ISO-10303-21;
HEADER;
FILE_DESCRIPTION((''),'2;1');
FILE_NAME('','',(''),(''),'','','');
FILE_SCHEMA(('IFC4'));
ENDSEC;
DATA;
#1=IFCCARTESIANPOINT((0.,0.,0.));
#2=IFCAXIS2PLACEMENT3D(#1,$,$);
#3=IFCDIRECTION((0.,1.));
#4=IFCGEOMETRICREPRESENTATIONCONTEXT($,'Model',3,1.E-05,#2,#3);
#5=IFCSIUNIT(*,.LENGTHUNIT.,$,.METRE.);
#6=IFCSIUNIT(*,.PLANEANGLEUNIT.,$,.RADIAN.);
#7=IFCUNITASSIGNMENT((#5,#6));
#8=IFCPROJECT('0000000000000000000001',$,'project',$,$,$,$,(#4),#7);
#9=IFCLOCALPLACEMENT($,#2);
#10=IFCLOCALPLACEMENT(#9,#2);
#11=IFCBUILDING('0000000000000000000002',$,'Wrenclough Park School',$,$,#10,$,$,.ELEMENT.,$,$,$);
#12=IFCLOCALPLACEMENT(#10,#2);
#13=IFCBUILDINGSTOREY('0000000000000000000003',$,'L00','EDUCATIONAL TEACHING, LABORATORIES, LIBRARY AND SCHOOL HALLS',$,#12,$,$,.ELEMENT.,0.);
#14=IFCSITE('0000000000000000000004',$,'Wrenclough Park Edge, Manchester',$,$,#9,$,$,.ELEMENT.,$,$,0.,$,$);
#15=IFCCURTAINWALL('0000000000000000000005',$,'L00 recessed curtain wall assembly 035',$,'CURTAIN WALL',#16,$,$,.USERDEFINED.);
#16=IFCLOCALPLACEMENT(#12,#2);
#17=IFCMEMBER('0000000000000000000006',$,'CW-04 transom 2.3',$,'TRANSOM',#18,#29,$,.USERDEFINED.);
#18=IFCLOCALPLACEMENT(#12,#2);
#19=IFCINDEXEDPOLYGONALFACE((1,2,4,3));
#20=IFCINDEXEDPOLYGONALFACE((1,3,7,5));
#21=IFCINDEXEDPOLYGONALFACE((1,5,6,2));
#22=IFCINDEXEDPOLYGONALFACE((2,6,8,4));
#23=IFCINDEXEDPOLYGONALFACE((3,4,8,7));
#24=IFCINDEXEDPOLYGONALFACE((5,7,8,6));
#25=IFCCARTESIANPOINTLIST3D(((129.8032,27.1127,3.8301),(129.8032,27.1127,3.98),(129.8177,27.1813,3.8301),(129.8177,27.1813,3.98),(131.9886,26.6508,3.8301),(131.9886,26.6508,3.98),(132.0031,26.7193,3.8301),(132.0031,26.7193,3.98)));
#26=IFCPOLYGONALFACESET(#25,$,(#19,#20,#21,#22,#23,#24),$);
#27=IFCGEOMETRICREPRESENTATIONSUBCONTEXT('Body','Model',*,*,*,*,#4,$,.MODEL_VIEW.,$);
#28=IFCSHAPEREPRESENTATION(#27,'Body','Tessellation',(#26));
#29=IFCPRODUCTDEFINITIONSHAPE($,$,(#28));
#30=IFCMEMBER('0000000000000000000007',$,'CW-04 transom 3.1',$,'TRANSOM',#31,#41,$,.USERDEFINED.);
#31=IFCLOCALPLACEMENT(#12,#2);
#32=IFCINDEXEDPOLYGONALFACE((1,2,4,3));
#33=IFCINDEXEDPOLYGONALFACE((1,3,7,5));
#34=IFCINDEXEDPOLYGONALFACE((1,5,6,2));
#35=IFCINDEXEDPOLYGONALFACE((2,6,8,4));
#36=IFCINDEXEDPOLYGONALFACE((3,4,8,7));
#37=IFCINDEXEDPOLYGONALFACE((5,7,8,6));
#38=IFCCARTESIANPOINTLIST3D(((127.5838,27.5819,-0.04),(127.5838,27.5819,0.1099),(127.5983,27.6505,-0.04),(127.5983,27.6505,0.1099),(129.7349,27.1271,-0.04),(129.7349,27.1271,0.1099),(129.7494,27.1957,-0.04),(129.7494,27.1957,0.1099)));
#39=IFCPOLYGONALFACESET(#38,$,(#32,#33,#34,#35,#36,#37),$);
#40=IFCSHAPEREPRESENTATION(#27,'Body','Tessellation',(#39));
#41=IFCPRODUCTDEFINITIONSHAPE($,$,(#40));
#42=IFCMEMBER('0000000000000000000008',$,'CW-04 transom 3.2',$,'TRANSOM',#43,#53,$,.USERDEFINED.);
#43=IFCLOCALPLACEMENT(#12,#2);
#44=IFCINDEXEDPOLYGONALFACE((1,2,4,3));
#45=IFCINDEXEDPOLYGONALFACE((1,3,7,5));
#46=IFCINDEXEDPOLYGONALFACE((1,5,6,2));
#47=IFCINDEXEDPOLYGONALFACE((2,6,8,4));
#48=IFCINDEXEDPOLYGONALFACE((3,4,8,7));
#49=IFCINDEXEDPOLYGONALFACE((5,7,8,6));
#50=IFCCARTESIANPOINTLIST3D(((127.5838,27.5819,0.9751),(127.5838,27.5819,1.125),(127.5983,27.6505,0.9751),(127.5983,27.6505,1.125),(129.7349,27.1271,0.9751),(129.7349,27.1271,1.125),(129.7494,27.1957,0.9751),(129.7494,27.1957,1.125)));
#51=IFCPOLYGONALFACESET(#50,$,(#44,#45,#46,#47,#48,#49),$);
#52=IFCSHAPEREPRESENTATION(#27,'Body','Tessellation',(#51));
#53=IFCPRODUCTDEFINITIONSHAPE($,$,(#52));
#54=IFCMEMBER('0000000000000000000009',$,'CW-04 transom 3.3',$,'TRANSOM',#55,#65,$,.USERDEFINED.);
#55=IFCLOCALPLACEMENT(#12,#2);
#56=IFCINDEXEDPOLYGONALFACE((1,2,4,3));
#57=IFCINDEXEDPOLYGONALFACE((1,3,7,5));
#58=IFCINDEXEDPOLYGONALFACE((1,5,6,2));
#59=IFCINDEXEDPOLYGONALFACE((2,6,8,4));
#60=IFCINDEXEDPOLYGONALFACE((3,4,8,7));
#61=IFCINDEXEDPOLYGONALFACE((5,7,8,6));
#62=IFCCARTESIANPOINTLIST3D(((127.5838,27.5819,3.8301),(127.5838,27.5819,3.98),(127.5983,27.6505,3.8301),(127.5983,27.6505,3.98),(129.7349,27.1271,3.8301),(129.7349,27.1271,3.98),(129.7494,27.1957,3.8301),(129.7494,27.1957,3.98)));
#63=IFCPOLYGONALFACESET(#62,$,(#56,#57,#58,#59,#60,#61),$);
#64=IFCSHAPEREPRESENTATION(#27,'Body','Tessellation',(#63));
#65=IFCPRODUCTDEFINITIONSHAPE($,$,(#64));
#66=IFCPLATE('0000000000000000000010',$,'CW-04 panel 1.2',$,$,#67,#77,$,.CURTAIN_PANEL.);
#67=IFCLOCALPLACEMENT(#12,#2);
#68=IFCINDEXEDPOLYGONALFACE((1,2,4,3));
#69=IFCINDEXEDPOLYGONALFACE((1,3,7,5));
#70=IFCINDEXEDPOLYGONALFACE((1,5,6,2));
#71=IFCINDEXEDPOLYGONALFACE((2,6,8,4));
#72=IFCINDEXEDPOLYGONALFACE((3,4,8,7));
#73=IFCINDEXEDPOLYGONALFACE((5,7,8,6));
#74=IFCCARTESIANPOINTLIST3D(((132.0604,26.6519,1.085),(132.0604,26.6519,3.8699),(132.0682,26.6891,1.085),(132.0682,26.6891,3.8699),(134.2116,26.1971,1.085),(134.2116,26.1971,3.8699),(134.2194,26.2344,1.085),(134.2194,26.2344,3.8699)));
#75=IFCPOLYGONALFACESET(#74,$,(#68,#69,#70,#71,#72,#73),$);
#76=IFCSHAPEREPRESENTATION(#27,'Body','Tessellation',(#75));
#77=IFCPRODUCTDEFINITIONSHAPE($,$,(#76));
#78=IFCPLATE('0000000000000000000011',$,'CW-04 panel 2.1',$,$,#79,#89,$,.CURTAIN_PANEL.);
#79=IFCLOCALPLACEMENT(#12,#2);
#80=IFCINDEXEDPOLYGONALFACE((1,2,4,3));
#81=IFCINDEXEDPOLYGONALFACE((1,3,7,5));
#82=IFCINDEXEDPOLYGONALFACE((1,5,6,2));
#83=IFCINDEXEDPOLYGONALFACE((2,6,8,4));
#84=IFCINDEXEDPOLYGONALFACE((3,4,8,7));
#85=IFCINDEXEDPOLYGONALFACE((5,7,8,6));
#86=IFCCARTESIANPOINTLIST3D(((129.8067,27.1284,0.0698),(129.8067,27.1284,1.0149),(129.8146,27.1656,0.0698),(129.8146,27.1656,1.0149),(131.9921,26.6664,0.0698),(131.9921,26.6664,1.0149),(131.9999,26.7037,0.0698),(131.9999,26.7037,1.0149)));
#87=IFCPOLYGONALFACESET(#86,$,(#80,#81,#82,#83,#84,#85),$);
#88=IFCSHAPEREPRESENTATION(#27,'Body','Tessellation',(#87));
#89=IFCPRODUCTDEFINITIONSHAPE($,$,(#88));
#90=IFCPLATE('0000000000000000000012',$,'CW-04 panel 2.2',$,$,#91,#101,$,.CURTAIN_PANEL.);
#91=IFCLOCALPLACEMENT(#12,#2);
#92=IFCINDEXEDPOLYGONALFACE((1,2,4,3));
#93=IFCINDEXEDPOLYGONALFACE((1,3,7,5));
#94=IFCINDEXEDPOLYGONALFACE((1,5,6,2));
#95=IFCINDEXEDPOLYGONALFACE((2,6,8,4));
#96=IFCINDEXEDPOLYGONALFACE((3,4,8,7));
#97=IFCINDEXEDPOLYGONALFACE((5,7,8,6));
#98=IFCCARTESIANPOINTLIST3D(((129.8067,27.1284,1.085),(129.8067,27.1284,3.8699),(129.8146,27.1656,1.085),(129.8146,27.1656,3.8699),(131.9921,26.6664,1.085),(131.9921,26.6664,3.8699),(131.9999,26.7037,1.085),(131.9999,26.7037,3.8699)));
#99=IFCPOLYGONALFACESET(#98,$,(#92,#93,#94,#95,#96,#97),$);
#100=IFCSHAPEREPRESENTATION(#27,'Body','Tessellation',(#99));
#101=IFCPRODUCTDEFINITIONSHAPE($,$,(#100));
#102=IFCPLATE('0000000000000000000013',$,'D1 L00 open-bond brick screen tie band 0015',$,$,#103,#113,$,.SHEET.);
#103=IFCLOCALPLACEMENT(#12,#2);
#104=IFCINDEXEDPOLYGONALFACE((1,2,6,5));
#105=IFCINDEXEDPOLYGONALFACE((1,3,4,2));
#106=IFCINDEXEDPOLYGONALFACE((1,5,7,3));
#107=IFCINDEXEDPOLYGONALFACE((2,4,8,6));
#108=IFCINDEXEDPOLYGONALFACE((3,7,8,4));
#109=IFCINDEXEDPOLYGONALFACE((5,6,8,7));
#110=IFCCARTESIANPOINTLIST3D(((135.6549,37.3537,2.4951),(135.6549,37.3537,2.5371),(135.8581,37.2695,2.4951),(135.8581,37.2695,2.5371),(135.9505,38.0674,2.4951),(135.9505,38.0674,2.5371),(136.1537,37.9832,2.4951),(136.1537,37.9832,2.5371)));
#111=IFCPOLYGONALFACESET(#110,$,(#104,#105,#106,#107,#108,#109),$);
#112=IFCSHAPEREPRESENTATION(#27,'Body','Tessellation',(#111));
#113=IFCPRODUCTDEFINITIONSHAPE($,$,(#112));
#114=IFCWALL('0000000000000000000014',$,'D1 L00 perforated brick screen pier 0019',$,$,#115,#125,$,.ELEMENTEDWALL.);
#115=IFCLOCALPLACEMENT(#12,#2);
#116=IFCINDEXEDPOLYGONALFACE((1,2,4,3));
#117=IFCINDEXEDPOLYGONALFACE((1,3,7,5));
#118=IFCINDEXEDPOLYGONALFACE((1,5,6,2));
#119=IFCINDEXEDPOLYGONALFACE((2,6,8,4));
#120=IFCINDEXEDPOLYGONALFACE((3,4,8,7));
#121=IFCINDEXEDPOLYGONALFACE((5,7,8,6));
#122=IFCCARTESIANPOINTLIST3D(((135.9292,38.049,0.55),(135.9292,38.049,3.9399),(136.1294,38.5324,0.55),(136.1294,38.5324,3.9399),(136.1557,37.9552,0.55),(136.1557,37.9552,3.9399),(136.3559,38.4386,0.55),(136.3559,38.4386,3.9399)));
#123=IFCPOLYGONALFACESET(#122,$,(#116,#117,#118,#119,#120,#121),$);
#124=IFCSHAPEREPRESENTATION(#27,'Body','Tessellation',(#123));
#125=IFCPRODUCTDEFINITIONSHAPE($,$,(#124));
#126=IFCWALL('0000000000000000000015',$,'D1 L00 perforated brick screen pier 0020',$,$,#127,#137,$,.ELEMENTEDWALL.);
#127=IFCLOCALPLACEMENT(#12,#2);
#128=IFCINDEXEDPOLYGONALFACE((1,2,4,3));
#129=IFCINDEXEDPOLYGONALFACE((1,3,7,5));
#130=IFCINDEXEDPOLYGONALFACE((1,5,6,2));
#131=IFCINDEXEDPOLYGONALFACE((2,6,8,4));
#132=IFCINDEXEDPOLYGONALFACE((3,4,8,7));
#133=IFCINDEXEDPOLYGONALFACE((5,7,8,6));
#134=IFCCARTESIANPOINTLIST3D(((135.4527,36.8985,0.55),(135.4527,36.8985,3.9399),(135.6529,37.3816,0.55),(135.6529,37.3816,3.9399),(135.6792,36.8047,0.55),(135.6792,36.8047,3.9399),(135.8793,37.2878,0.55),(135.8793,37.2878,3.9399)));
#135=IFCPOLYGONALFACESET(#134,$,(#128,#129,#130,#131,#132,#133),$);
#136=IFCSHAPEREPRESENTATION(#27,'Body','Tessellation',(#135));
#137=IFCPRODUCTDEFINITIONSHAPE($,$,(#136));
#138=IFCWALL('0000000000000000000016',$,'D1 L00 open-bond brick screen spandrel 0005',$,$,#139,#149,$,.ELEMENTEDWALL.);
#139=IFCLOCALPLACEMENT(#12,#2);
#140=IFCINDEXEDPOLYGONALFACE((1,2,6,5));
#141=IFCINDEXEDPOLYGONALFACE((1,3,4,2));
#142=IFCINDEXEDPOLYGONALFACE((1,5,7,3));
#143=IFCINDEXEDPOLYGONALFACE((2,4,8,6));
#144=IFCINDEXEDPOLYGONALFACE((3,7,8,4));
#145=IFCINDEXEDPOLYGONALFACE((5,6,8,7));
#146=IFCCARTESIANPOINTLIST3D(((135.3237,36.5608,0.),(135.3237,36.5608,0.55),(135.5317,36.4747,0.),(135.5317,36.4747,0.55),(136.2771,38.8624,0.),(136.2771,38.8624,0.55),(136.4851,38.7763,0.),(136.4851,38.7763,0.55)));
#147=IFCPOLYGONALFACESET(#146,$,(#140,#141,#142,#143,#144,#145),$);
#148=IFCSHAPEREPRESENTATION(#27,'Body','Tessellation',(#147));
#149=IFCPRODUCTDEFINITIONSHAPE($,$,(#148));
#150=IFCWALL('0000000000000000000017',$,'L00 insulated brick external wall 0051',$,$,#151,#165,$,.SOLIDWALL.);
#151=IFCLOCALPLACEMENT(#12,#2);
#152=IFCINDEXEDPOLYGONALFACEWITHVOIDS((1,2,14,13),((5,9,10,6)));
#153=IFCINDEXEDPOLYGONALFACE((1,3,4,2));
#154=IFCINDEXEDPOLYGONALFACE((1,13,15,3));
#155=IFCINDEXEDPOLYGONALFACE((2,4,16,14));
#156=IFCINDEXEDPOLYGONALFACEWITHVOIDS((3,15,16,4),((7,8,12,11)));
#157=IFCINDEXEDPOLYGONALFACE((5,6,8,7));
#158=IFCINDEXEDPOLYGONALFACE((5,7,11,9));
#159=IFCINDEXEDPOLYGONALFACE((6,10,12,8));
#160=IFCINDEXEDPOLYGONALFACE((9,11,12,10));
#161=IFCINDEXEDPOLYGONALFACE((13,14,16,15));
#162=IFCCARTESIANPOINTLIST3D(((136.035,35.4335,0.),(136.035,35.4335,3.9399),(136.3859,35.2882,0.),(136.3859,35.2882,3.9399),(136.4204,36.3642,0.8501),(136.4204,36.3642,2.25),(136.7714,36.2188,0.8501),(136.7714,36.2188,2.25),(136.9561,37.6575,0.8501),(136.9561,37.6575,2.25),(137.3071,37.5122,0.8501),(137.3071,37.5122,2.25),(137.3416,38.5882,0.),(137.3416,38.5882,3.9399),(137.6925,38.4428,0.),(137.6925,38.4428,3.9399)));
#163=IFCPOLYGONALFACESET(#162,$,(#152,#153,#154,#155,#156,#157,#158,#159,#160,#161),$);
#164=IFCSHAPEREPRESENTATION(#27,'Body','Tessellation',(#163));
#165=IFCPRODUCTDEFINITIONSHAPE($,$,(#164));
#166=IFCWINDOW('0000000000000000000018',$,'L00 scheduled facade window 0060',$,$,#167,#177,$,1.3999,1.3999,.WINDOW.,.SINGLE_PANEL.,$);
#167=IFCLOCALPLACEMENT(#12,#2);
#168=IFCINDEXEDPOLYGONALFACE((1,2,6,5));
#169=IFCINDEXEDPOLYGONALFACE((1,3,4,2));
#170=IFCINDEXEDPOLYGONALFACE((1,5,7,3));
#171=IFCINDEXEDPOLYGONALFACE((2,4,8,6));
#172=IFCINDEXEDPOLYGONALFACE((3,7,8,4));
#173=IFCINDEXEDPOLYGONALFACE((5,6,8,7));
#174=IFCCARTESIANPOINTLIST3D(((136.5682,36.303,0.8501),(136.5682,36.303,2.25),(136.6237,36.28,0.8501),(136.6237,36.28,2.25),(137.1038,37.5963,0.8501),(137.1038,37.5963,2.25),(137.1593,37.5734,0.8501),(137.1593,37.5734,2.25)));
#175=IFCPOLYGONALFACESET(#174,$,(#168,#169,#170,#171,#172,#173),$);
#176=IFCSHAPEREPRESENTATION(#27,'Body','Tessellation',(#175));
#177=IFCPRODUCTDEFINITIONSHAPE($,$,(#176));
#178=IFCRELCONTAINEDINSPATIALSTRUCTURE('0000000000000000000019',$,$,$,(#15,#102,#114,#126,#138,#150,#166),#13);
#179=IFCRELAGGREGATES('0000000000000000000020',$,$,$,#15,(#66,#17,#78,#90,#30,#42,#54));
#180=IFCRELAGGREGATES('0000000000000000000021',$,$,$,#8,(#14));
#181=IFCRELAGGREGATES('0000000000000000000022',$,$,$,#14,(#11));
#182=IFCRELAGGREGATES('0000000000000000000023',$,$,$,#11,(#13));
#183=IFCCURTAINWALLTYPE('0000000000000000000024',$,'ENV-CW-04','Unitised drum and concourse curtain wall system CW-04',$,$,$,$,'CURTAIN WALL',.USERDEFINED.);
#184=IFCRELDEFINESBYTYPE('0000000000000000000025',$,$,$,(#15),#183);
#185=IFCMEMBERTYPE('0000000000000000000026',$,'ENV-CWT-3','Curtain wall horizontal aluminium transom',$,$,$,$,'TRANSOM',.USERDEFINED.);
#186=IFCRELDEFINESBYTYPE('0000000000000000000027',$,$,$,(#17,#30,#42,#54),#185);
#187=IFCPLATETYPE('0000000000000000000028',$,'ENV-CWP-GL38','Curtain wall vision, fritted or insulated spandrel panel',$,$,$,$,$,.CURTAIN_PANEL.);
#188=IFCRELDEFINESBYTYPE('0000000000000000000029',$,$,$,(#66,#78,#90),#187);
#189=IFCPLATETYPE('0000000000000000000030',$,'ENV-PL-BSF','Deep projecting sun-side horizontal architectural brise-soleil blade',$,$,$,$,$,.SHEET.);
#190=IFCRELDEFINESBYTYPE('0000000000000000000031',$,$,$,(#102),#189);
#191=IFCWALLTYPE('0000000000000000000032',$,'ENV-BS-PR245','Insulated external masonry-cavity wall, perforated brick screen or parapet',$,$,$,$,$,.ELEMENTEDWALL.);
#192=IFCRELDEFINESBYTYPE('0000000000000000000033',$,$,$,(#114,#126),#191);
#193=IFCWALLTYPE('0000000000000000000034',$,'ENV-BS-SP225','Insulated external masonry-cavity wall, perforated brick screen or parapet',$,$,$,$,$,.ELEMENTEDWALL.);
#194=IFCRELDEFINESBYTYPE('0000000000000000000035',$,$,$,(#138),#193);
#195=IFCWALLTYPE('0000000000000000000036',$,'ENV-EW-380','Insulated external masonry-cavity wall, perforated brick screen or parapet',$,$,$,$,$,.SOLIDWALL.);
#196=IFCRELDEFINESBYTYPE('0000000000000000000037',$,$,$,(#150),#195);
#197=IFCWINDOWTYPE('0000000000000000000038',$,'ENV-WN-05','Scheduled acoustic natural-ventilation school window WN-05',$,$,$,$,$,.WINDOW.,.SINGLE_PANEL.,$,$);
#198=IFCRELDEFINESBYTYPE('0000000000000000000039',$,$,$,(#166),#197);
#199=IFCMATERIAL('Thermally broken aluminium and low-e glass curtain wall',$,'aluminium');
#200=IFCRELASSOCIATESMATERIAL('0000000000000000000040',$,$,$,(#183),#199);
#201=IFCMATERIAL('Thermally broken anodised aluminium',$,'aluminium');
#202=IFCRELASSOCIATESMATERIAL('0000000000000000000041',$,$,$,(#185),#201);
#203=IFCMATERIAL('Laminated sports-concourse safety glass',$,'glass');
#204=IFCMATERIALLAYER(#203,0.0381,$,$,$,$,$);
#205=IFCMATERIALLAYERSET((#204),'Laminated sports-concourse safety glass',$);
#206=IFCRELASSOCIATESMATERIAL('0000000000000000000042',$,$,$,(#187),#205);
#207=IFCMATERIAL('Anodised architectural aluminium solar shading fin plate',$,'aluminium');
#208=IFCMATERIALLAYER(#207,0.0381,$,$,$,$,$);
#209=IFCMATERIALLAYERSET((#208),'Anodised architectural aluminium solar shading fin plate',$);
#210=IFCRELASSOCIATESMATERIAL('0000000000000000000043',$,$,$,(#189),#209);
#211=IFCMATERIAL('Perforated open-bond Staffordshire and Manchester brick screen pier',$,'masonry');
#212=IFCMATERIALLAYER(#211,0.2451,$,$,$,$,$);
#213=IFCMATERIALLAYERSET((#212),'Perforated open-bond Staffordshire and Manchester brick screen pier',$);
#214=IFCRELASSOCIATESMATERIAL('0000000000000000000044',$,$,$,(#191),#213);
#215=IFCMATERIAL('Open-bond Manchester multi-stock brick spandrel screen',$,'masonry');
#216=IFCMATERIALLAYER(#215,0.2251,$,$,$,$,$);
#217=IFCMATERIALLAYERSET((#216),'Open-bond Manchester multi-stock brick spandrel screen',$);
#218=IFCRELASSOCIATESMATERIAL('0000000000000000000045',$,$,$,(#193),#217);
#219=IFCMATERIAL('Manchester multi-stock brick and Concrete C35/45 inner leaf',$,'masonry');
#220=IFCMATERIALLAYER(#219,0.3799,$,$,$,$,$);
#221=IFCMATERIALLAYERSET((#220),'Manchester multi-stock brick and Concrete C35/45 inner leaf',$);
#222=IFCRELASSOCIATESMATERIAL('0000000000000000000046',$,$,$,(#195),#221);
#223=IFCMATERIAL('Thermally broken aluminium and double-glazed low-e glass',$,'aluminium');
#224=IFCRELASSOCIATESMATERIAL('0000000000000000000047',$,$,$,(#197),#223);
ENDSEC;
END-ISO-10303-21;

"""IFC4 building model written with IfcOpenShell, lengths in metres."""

from ifc_helpers import new_model, si_unit, direction, frame, frame_2d, origin, origin_2d, place, context, subcontext, project, spatial, rectangle, extrude, material, layer, layer_set, material_profile, profile_set, type_object, element, fill, aggregate, save


model = new_model("IFC4")

# Units and contexts
model_context = context("Model", 3, precision=1e-05, world=origin(), true_north=direction((0.0, 1.0)))
body_context = subcontext(model_context, "Body", "Model", "MODEL_VIEW")
ifc_project = project(units=[si_unit("LENGTHUNIT", "METRE"), si_unit("PLANEANGLEUNIT", "RADIAN")], contexts=[model_context])

# Site, building, storey
site_placement = place(None, origin())
site = spatial("IfcSite", under=ifc_project, at=site_placement, Name="Wrenclough Park Edge, Manchester", CompositionType="ELEMENT", RefElevation=0.0)
building_placement = place(site_placement, origin())
building = spatial("IfcBuilding", under=site, at=building_placement, Name="Wrenclough Park School", CompositionType="ELEMENT")
storey_placement = place(building_placement, origin())
storey = spatial("IfcBuildingStorey", under=building, at=storey_placement, Name="L00", Description="EDUCATIONAL TEACHING, LABORATORIES, LIBRARY AND SCHOOL HALLS", CompositionType="ELEMENT", Elevation=0.0)

# Shared definitions
ifc_material_1 = material(Name="Thermally broken aluminium and low-e glass curtain wall", Category="aluminium")
ifc_material_2 = material(Name="Thermally broken anodised aluminium", Category="aluminium")

# Curtain wall
curtain_wall_type_1 = type_object("IfcCurtainWallType", Name="ENV-CW-04", Description="Unitised drum and concourse curtain wall system CW-04", ElementType="CURTAIN WALL", PredefinedType="USERDEFINED", material=ifc_material_1)
curtain_wall_1_placement = place(storey_placement, origin())
curtain_wall_1 = element("IfcCurtainWall", 1, at=curtain_wall_1_placement, inside=storey, type_object=curtain_wall_type_1, Name="L00 recessed curtain wall assembly 035", ObjectType="CURTAIN WALL", PredefinedType="USERDEFINED")

# Members
ifc_material_profile_1 = material_profile(ifc_material_2, rectangle(XDim=0.0701, YDim=0.1499, at=origin_2d()), Name="AL TRANSOM 70x150")
ifc_profile_set_1 = profile_set([ifc_material_profile_1], Name="Thermally broken anodised aluminium")
member_type_1 = type_object("IfcMemberType", Name="ENV-CWT-3", Description="Curtain wall horizontal aluminium transom", ElementType="TRANSOM", PredefinedType="USERDEFINED", material=ifc_profile_set_1)
member_1_placement = place(storey_placement, frame((131.9958, 26.6851, 3.905), z_axis=(-0.978382, 0.206804, 0.0), x_axis=(-0.206804, -0.978382, 0.0)))
member_1 = element("IfcMember", 2, at=member_1_placement, type_object=member_type_1, Name="CW-04 transom 2.3", ObjectType="TRANSOM", PredefinedType="USERDEFINED", context=body_context, shape_type="SweptSolid", body=[
    extrude(rectangle(XDim=0.0701, YDim=0.1499, at=origin_2d()), origin(), (0.0, 0.0, 1.0), 2.2336),
])
member_2_placement = place(storey_placement, frame((129.7422, 27.1614, 0.0349), z_axis=(-0.978369, 0.206867, 0.0), x_axis=(-0.206867, -0.978369, 0.0)))
member_2 = element("IfcMember", 3, at=member_2_placement, type_object=member_type_1, Name="CW-04 transom 3.1", ObjectType="TRANSOM", PredefinedType="USERDEFINED", context=body_context, shape_type="SweptSolid", body=[
    extrude(rectangle(XDim=0.0701, YDim=0.1499, at=origin_2d()), origin(), (0.0, 0.0, 1.0), 2.1987),
])
member_3_placement = place(storey_placement, frame((129.7422, 27.1614, 1.05), z_axis=(-0.978369, 0.206867, 0.0), x_axis=(-0.206867, -0.978369, 0.0)))
member_3 = element("IfcMember", 4, at=member_3_placement, type_object=member_type_1, Name="CW-04 transom 3.2", ObjectType="TRANSOM", PredefinedType="USERDEFINED", context=body_context, shape_type="SweptSolid", body=[
    extrude(rectangle(XDim=0.0701, YDim=0.1499, at=origin_2d()), origin(), (0.0, 0.0, 1.0), 2.1987),
])
member_4_placement = place(storey_placement, frame((129.7422, 27.1614, 3.905), z_axis=(-0.978369, 0.206867, 0.0), x_axis=(-0.206867, -0.978369, 0.0)))
member_4 = element("IfcMember", 5, at=member_4_placement, type_object=member_type_1, Name="CW-04 transom 3.3", ObjectType="TRANSOM", PredefinedType="USERDEFINED", context=body_context, shape_type="SweptSolid", body=[
    extrude(rectangle(XDim=0.0701, YDim=0.1499, at=origin_2d()), origin(), (0.0, 0.0, 1.0), 2.1987),
])

# Plates
ifc_material_3 = material(Name="Laminated sports-concourse safety glass", Category="glass")
ifc_layer_1 = layer(ifc_material_3, 0.0381)
ifc_layer_set_1 = layer_set([ifc_layer_1], Name="Laminated sports-concourse safety glass")
plate_type_1 = type_object("IfcPlateType", Name="ENV-CWP-GL38", Description="Curtain wall vision, fritted or insulated spandrel panel", PredefinedType="CURTAIN_PANEL", material=ifc_layer_set_1)
plate_1_placement = place(storey_placement, frame((133.1399, 26.4431, 1.085), z_axis=(0.0, 0.0, 1.0), x_axis=(-0.978379, 0.206818, 0.0)))
plate_1 = element("IfcPlate", 6, at=plate_1_placement, type_object=plate_type_1, Name="CW-04 panel 1.2", PredefinedType="CURTAIN_PANEL", context=body_context, shape_type="SweptSolid", body=[
    extrude(rectangle(XDim=2.1987, YDim=0.0381, at=origin_2d()), origin(), (0.0, 0.0, 1.0), 2.7849),
])
plate_2_placement = place(storey_placement, frame((130.9033, 26.916, 0.0698), z_axis=(0.0, 0.0, 1.0), x_axis=(-0.978379, 0.206818, 0.0)))
plate_2 = element("IfcPlate", 7, at=plate_2_placement, type_object=plate_type_1, Name="CW-04 panel 2.1", PredefinedType="CURTAIN_PANEL", context=body_context, shape_type="SweptSolid", body=[
    extrude(rectangle(XDim=2.2336, YDim=0.0381, at=origin_2d()), origin(), (0.0, 0.0, 1.0), 0.9451),
])
plate_3_placement = place(storey_placement, frame((130.9033, 26.916, 1.085), z_axis=(0.0, 0.0, 1.0), x_axis=(-0.978379, 0.206818, 0.0)))
plate_3 = element("IfcPlate", 8, at=plate_3_placement, type_object=plate_type_1, Name="CW-04 panel 2.2", PredefinedType="CURTAIN_PANEL", context=body_context, shape_type="SweptSolid", body=[
    extrude(rectangle(XDim=2.2336, YDim=0.0381, at=origin_2d()), origin(), (0.0, 0.0, 1.0), 2.7849),
])
aggregate(curtain_wall_1, [plate_1, member_1, plate_2, plate_3, member_2, member_3, member_4])
ifc_material_4 = material(Name="Anodised architectural aluminium solar shading fin plate", Category="aluminium")
ifc_layer_2 = layer(ifc_material_4, 0.0381)
ifc_layer_set_2 = layer_set([ifc_layer_2], Name="Anodised architectural aluminium solar shading fin plate")
plate_type_2 = type_object("IfcPlateType", Name="ENV-PL-BSF", Description="Deep projecting sun-side horizontal architectural brise-soleil blade", PredefinedType="SHEET", material=ifc_layer_set_2)
plate_4_placement = place(storey_placement, frame((135.9043, 37.6685, 2.4951), z_axis=(0.0, 0.0, 1.0), x_axis=(-0.382679, -0.923881, 0.0)))
element("IfcPlate", 9, at=plate_4_placement, inside=storey, type_object=plate_type_2, Name="D1 L00 open-bond brick screen tie band 0015", PredefinedType="SHEET", context=body_context, shape_type="SweptSolid", body=[
    extrude(rectangle(XDim=0.7725, YDim=0.22, at=origin_2d()), origin(), (0.0, 0.0, 1.0), 0.042),
])

# Walls
ifc_material_5 = material(Name="Perforated open-bond Staffordshire and Manchester brick screen pier", Category="masonry")
ifc_layer_3 = layer(ifc_material_5, 0.2451)
ifc_layer_set_3 = layer_set([ifc_layer_3], Name="Perforated open-bond Staffordshire and Manchester brick screen pier")
wall_type_1 = type_object("IfcWallType", Name="ENV-BS-PR245", Description="Insulated external masonry-cavity wall, perforated brick screen or parapet", PredefinedType="ELEMENTEDWALL", material=ifc_layer_set_3)
wall_1_placement = place(storey_placement, frame((136.2427, 38.4856, 0.55), z_axis=(0.0, 0.0, 1.0), x_axis=(-0.382627, -0.923903, 0.0)))
element("IfcWall", 10, at=wall_1_placement, inside=storey, type_object=wall_type_1, Name="D1 L00 perforated brick screen pier 0019", PredefinedType="ELEMENTEDWALL", context=body_context, shape_type="SweptSolid", body=[
    extrude(rectangle(XDim=0.5232, YDim=0.2451, at=frame_2d((0.2617, 0.0))), origin(), (0.0, 0.0, 1.0), 3.3899),
])
wall_2_placement = place(storey_placement, frame((135.7661, 37.3347, 0.55), z_axis=(0.0, 0.0, 1.0), x_axis=(-0.382792, -0.923835, 0.0)))
element("IfcWall", 11, at=wall_2_placement, inside=storey, type_object=wall_type_1, Name="D1 L00 perforated brick screen pier 0020", PredefinedType="ELEMENTEDWALL", context=body_context, shape_type="SweptSolid", body=[
    extrude(rectangle(XDim=0.5229, YDim=0.2451, at=frame_2d((0.2615, 0.0))), origin(), (0.0, 0.0, 1.0), 3.3899),
])
ifc_material_6 = material(Name="Open-bond Manchester multi-stock brick spandrel screen", Category="masonry")
ifc_layer_4 = layer(ifc_material_6, 0.2251)
ifc_layer_set_4 = layer_set([ifc_layer_4], Name="Open-bond Manchester multi-stock brick spandrel screen")
wall_type_2 = type_object("IfcWallType", Name="ENV-BS-SP225", Description="Insulated external masonry-cavity wall, perforated brick screen or parapet", PredefinedType="ELEMENTEDWALL", material=ifc_layer_set_4)
wall_3_placement = place(storey_placement, frame((136.3811, 38.8193, 0.0), z_axis=(0.0, 0.0, 1.0), x_axis=(-0.382701, -0.923872, 0.0)))
element("IfcWall", 12, at=wall_3_placement, inside=storey, type_object=wall_type_2, Name="D1 L00 open-bond brick screen spandrel 0005", PredefinedType="ELEMENTEDWALL", context=body_context, shape_type="SweptSolid", body=[
    extrude(rectangle(XDim=2.4912, YDim=0.2251, at=frame_2d((1.2456, 0.0))), origin(), (0.0, 0.0, 1.0), 0.55),
])

# Wall, opening, window
ifc_material_7 = material(Name="Manchester multi-stock brick and Concrete C35/45 inner leaf", Category="masonry")
ifc_layer_5 = layer(ifc_material_7, 0.3799)
ifc_layer_set_5 = layer_set([ifc_layer_5], Name="Manchester multi-stock brick and Concrete C35/45 inner leaf")
wall_type_3 = type_object("IfcWallType", Name="ENV-EW-380", Description="Insulated external masonry-cavity wall, perforated brick screen or parapet", PredefinedType="SOLIDWALL", material=ifc_layer_set_5)
wall_4_placement = place(storey_placement, frame((136.2104, 35.3608, 0.0), z_axis=(0.0, 0.0, 1.0), x_axis=(0.382655, 0.923891, 0.0)))
wall_4 = element("IfcWall", 13, at=wall_4_placement, inside=storey, type_object=wall_type_3, Name="L00 insulated brick external wall 0051", PredefinedType="SOLIDWALL", context=body_context, shape_type="SweptSolid", body=[
    extrude(rectangle(XDim=3.4146, YDim=0.3799, at=frame_2d((1.7073, 0.0))), origin(), (0.0, 0.0, 1.0), 3.9399),
])
opening_1_placement = place(wall_4_placement, frame((1.0073, 0.0, 0.8501)))
opening_1 = element("IfcOpeningElement", 14, at=opening_1_placement, cuts=wall_4, PredefinedType="OPENING", context=body_context, shape_type="SweptSolid", body=[
    extrude(rectangle(XDim=1.3999, YDim=1.3999, at=frame_2d((0.7, 0.7))), frame((0.0, 0.2, 0.0), z_axis=(0.0, -1.0, 0.0), x_axis=(1.0, 0.0, 0.0)), (0.0, 0.0, 1.0), 0.3999),
])
ifc_material_8 = material(Name="Thermally broken aluminium and double-glazed low-e glass", Category="aluminium")
window_type = type_object("IfcWindowType", Name="ENV-WN-05", Description="Scheduled acoustic natural-ventilation school window WN-05", PartitioningType="SINGLE_PANEL", PredefinedType="WINDOW", material=ifc_material_8)
window_placement = place(opening_1_placement, origin())
window = element("IfcWindow", 15, at=window_placement, inside=storey, type_object=window_type, Name="L00 scheduled facade window 0060", OverallHeight=1.3999, OverallWidth=1.3999, PartitioningType="SINGLE_PANEL", PredefinedType="WINDOW", context=body_context, shape_type="SweptSolid", body=[
    extrude(rectangle(XDim=1.3999, YDim=1.3999, at=frame_2d((0.7, 0.7))), frame((0.0, 0.03, 0.0), z_axis=(0.0, -1.0, 0.0), x_axis=(1.0, 0.0, 0.0)), (0.0, 0.0, 1.0), 0.0601),
])
fill(opening_1, window)

save(model, "model.ifc")
